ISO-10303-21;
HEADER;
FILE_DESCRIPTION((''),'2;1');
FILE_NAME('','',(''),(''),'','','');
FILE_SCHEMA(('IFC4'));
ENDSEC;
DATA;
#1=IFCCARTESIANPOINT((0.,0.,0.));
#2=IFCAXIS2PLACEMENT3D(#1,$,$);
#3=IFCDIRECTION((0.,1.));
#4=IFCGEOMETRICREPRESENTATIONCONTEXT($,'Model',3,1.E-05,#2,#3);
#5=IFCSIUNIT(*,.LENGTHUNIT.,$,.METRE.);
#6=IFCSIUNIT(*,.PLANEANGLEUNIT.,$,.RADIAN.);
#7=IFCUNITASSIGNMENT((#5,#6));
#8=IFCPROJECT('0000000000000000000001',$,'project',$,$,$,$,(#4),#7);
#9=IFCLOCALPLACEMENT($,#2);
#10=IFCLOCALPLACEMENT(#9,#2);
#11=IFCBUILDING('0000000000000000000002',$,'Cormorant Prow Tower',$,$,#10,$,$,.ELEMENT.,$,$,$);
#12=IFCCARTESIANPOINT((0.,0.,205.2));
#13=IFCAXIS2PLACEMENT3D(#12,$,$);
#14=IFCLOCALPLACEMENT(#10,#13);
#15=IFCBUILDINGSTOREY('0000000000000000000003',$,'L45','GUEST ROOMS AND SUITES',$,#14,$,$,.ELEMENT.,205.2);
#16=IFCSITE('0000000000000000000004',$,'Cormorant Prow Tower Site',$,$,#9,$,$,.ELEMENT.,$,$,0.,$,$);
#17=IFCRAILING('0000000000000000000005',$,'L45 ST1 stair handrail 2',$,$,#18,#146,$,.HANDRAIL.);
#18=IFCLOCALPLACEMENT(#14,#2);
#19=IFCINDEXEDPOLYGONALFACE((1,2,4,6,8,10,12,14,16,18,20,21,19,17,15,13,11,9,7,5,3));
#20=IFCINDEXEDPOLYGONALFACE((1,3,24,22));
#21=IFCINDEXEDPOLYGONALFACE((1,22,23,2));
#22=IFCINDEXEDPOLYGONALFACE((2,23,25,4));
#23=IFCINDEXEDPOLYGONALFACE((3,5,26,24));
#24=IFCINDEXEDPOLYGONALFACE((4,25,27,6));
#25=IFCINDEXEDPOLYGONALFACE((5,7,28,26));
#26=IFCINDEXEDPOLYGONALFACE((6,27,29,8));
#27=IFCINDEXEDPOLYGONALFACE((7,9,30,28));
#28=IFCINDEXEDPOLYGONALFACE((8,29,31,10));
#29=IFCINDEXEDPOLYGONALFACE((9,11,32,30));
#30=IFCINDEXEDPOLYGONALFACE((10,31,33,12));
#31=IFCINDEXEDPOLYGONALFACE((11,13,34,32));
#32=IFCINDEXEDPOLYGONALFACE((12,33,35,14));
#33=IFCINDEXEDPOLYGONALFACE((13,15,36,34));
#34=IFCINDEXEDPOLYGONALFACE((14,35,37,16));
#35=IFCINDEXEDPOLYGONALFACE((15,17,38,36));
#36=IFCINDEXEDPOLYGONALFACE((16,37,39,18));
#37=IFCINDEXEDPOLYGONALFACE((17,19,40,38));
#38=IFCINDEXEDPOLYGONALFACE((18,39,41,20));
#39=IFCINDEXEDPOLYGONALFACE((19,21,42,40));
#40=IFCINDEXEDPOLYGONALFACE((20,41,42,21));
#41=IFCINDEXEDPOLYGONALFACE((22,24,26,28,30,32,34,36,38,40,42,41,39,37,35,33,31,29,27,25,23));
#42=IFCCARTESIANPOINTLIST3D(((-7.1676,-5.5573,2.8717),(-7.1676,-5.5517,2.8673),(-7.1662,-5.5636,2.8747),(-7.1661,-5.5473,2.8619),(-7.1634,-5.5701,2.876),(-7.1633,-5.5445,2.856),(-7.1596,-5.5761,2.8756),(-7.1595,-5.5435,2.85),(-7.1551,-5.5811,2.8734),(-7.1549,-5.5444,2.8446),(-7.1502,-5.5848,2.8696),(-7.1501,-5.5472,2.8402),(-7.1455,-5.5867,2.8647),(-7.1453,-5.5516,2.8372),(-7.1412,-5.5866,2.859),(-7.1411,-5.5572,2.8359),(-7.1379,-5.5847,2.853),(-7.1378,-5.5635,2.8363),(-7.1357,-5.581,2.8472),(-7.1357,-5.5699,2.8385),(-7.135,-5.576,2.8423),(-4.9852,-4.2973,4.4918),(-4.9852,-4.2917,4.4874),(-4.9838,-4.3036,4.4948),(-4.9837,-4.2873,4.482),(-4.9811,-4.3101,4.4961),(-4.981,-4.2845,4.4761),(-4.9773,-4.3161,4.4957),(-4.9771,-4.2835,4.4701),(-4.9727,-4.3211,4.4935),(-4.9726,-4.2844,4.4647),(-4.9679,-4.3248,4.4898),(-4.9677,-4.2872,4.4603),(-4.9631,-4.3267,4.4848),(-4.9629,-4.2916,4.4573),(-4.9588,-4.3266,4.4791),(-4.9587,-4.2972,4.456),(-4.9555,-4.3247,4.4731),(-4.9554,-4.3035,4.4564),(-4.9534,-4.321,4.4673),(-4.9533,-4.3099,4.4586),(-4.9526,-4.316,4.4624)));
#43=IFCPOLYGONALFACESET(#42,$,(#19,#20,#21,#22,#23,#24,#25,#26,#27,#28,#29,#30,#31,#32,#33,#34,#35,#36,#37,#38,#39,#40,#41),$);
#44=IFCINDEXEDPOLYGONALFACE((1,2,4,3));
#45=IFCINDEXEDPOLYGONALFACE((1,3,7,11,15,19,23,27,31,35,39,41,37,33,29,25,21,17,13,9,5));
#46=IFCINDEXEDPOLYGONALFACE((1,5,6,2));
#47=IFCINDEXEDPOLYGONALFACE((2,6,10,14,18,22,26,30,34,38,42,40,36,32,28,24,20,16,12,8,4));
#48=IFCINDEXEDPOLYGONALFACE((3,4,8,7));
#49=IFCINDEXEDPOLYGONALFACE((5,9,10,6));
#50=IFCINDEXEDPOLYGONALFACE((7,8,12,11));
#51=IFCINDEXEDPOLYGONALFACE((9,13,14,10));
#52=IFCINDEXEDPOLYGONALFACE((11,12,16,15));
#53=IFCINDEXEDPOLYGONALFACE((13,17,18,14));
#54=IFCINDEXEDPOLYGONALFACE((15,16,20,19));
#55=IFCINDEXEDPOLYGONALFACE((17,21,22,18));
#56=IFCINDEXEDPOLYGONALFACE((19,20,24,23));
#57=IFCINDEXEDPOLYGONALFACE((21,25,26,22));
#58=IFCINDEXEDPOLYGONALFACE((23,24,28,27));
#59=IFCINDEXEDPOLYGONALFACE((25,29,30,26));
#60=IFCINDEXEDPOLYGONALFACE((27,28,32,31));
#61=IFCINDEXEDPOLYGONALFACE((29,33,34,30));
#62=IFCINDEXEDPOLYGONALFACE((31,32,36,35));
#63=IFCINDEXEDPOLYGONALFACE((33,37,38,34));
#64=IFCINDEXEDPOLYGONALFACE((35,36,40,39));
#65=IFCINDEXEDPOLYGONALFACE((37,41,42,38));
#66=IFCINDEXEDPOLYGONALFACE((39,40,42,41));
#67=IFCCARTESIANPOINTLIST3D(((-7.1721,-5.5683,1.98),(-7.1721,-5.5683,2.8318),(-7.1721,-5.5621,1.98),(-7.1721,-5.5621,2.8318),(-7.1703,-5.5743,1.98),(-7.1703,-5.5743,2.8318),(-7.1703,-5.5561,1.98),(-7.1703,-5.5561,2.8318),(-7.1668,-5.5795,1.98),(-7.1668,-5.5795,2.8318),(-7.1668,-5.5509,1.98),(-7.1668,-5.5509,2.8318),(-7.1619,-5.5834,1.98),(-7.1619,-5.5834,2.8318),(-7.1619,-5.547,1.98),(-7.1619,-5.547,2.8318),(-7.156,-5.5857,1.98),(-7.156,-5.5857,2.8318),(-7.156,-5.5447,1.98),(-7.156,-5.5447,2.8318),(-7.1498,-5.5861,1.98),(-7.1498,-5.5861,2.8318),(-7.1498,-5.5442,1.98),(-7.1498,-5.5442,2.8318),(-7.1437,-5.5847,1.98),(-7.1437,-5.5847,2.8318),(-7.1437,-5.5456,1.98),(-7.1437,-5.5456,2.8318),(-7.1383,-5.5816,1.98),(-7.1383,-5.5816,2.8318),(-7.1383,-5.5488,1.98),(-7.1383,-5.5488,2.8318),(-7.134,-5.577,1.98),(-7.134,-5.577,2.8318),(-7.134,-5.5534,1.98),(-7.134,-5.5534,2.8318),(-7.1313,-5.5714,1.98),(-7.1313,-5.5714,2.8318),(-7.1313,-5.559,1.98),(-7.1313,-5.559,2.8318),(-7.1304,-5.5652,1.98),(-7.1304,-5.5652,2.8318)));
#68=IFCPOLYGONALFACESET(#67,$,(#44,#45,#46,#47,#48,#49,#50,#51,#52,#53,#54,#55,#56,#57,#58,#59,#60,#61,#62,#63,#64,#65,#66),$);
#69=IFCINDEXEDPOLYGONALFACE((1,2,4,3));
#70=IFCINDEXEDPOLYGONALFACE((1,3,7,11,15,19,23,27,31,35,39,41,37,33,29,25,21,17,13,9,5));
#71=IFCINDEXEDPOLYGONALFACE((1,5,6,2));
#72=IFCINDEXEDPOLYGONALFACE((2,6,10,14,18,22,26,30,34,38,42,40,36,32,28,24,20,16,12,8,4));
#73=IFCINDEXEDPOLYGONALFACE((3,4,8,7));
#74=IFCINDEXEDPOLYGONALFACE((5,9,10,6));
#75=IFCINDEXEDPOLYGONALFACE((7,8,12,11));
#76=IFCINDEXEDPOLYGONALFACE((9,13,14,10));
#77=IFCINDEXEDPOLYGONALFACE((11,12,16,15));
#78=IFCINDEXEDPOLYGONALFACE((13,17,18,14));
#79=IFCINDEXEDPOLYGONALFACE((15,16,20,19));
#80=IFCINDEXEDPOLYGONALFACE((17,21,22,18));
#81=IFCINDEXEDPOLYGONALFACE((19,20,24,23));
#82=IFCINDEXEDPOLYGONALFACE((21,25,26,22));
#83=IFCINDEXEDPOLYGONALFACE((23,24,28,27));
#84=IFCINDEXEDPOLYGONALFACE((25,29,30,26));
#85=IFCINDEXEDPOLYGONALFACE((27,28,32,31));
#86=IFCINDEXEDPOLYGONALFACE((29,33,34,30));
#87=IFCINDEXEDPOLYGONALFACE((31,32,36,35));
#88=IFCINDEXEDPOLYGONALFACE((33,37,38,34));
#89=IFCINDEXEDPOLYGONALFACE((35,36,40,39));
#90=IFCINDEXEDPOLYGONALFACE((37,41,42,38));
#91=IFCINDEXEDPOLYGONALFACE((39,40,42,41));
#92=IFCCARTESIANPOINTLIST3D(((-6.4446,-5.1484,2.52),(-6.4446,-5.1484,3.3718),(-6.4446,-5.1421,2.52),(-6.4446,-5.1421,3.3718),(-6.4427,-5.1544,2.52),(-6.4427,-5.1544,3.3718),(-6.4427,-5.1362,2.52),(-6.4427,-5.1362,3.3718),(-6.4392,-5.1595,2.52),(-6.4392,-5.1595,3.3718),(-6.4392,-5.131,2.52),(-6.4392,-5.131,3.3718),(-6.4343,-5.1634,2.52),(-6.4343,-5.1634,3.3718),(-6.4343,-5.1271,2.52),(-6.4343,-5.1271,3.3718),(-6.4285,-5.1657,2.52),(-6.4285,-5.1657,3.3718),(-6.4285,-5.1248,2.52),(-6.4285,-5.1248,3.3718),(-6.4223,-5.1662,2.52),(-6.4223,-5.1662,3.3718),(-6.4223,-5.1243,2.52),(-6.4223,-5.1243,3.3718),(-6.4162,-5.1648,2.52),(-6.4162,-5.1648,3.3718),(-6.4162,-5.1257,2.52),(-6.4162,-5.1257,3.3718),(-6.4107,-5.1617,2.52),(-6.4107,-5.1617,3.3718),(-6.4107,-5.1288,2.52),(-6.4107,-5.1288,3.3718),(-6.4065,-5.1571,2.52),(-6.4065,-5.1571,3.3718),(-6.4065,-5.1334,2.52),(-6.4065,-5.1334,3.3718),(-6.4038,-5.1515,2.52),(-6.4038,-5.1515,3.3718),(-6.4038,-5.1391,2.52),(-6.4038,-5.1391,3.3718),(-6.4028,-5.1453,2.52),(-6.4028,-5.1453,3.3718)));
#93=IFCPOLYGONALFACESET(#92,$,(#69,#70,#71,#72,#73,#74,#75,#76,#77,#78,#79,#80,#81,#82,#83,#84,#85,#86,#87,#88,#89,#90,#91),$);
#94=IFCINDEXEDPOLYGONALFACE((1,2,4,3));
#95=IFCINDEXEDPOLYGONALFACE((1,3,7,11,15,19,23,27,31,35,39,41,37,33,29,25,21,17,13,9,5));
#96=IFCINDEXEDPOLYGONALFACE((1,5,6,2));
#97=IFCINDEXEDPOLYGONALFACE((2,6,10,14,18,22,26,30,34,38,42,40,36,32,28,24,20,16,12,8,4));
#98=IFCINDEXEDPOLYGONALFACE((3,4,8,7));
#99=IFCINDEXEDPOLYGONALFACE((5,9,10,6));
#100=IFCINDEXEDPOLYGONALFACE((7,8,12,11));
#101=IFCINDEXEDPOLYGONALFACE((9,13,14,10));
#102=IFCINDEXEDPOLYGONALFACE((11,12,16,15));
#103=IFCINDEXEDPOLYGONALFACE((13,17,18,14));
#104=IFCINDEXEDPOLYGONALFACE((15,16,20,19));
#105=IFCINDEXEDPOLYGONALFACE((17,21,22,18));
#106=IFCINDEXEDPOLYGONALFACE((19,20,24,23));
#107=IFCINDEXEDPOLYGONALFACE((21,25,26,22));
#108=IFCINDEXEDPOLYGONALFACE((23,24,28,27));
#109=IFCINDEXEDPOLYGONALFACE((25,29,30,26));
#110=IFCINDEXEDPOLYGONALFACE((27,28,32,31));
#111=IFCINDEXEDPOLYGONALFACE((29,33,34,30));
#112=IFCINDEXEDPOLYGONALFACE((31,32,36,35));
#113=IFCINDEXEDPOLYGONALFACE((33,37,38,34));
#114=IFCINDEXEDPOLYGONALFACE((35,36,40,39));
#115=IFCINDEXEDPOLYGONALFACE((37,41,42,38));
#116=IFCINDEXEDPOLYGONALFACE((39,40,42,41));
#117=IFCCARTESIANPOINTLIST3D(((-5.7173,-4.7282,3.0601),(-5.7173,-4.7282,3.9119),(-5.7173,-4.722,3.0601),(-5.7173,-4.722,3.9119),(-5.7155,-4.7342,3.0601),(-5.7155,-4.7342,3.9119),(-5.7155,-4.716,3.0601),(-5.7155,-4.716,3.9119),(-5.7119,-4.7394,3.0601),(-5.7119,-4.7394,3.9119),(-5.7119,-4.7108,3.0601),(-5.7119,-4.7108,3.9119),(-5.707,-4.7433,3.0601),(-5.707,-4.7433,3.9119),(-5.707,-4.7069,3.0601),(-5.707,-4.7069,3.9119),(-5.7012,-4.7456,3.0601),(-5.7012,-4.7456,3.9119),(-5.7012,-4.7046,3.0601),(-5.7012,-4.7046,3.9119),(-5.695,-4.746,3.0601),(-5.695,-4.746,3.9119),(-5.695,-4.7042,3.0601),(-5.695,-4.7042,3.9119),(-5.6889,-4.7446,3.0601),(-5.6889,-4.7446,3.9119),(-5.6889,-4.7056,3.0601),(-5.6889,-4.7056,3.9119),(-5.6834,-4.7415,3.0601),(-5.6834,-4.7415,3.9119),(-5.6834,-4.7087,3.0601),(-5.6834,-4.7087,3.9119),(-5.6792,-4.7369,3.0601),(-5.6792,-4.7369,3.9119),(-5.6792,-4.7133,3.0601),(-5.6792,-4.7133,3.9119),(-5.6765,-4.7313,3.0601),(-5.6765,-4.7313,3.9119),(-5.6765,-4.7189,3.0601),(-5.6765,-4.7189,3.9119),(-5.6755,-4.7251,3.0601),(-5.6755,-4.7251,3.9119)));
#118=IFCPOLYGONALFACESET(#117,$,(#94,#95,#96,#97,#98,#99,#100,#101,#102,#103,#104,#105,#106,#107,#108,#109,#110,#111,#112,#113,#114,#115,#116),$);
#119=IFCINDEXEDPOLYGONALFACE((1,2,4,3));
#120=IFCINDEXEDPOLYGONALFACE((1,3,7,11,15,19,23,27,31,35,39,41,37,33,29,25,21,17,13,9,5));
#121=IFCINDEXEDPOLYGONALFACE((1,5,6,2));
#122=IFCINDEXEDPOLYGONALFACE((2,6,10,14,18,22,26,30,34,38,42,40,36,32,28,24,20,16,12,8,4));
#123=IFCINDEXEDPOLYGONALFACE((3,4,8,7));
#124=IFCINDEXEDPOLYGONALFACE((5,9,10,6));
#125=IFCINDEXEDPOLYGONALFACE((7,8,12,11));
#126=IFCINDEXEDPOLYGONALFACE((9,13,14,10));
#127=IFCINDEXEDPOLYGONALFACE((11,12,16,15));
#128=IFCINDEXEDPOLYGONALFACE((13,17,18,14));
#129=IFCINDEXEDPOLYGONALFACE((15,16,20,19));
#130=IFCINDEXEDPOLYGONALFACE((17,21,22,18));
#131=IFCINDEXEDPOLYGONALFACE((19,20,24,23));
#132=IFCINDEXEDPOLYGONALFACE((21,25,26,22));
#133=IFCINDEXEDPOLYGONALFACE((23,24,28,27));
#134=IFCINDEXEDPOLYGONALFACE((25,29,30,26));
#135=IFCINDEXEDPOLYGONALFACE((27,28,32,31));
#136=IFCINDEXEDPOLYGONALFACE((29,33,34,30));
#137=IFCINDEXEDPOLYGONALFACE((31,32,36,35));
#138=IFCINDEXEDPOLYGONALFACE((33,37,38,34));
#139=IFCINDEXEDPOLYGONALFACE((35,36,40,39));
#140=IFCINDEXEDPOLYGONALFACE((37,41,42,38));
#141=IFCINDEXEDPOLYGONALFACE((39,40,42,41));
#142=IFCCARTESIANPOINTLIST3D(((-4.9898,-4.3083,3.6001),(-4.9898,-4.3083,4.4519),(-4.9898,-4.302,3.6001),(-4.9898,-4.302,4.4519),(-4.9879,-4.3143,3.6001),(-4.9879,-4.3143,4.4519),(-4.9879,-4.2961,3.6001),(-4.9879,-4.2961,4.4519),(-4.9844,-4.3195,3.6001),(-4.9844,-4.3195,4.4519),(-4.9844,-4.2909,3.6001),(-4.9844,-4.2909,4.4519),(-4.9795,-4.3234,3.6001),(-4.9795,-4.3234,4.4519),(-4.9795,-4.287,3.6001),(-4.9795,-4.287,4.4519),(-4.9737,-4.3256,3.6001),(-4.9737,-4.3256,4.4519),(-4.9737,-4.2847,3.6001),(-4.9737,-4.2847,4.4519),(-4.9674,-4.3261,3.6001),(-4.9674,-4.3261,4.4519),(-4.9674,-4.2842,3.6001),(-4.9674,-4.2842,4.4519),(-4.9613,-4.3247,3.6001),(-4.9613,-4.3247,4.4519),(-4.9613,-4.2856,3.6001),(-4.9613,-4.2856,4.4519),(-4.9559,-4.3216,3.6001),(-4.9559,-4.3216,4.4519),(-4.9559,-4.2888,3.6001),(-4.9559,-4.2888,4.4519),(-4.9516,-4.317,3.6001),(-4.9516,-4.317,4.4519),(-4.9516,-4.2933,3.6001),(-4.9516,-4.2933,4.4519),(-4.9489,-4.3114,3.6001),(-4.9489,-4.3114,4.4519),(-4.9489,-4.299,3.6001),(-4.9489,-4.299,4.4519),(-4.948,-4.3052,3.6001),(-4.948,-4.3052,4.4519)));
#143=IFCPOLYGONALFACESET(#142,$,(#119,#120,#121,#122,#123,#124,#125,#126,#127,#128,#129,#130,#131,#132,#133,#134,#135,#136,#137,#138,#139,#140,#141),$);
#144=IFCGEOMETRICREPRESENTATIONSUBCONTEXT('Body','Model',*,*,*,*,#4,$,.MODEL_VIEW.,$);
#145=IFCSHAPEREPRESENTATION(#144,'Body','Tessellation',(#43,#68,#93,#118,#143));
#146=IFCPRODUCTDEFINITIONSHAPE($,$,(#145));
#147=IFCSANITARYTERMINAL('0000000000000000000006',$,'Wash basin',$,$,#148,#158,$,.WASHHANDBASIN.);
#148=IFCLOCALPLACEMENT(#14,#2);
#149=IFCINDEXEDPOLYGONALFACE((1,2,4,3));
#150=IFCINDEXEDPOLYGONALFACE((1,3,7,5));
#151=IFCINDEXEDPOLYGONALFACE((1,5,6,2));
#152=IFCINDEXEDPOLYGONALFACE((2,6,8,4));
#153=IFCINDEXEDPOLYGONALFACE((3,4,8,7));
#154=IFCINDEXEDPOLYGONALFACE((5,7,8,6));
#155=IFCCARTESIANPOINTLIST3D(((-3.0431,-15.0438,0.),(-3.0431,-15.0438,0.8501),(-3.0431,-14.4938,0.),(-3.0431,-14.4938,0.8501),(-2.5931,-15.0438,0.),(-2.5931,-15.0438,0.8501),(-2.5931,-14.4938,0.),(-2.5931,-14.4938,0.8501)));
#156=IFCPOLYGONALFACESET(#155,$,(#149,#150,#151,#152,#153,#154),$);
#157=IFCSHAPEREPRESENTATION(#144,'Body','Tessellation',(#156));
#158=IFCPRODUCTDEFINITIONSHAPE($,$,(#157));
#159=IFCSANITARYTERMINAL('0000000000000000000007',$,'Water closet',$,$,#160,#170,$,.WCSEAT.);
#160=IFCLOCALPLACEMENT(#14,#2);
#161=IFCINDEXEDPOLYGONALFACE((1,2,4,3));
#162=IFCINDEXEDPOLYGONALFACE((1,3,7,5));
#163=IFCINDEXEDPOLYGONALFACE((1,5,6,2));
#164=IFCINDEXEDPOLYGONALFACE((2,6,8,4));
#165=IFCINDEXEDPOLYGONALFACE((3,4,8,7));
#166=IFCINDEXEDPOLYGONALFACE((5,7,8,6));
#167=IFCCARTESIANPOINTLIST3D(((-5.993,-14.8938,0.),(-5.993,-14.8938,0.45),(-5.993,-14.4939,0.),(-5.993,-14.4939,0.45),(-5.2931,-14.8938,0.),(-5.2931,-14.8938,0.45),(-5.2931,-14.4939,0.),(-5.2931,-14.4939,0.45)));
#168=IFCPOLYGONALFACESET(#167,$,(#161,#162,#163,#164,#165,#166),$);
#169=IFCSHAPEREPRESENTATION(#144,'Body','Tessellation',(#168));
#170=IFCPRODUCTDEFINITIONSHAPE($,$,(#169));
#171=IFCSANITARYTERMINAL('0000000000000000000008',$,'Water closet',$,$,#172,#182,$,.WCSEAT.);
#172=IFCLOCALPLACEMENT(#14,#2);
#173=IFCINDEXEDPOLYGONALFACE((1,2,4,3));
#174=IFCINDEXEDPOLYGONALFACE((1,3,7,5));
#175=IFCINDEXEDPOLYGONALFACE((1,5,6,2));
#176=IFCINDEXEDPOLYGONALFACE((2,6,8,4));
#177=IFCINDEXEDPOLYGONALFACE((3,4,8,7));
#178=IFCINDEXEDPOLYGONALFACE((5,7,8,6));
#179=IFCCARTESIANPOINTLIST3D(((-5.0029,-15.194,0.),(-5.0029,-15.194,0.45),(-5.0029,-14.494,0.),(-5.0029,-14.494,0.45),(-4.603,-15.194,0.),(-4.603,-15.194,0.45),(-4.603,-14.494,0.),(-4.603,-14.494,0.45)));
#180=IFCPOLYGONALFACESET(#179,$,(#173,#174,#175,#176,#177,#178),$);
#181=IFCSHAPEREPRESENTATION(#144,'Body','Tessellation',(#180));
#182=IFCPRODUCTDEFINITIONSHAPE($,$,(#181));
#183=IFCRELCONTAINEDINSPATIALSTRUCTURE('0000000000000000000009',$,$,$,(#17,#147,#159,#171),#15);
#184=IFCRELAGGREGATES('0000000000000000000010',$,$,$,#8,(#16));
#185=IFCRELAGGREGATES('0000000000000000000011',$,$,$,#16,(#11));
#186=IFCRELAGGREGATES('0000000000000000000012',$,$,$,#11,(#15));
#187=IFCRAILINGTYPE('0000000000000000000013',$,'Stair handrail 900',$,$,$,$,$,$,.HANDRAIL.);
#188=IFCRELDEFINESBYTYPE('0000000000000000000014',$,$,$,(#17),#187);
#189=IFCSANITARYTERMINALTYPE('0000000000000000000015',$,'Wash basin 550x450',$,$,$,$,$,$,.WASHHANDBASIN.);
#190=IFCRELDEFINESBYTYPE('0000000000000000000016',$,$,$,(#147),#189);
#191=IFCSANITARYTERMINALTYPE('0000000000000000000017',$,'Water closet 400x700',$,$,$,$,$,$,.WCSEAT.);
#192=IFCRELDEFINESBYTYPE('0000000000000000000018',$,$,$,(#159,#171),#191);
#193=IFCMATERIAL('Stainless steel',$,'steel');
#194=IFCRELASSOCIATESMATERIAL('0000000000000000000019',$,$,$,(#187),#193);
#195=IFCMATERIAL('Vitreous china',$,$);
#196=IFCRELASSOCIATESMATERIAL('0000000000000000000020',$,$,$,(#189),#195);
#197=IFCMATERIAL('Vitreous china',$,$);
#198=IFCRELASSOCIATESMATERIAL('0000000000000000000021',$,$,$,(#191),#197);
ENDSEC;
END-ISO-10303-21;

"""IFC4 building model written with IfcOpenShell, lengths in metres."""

from ifc_helpers import new_model, si_unit, direction, frame, origin, origin_2d, place, context, subcontext, project, spatial, rectangle, circle, extrude, material, type_object, element, save


model = new_model("IFC4")

# Units and contexts
model_context = context("Model", 3, precision=1e-05, world=origin(), true_north=direction((0.0, 1.0)))
body_context = subcontext(model_context, "Body", "Model", "MODEL_VIEW")
ifc_project = project(units=[si_unit("LENGTHUNIT", "METRE"), si_unit("PLANEANGLEUNIT", "RADIAN")], contexts=[model_context])

# Site, building, storey
site_placement = place(None, origin())
site = spatial("IfcSite", under=ifc_project, at=site_placement, Name="Cormorant Prow Tower Site", CompositionType="ELEMENT", RefElevation=0.0)
building_placement = place(site_placement, origin())
building = spatial("IfcBuilding", under=site, at=building_placement, Name="Cormorant Prow Tower", CompositionType="ELEMENT")
storey_placement = place(building_placement, frame((0.0, 0.0, 205.2)))
storey = spatial("IfcBuildingStorey", under=building, at=storey_placement, Name="L45", Description="GUEST ROOMS AND SUITES", CompositionType="ELEMENT", Elevation=205.2)

# Railing
ifc_material_1 = material(Name="Stainless steel", Category="steel")
railing_type_1 = type_object("IfcRailingType", Name="Stair handrail 900", PredefinedType="HANDRAIL", material=ifc_material_1)
railing_1_placement = place(storey_placement, frame((-7.1514, -5.5652, 1.98)))
element("IfcRailing", 1, at=railing_1_placement, inside=storey, type_object=railing_type_1, Name="L45 ST1 stair handrail 2", PredefinedType="HANDRAIL", context=body_context, shape_type="SweptSolid", body=[
    extrude(circle(Radius=0.0239, at=origin_2d()), frame((0.0, 0.0, 0.876), z_axis=(0.728464, 0.420584, 0.540786), x_axis=(-0.500005, 0.866023, 0.0)), (0.0, 0.0, 1.0), 2.9958),
    extrude(circle(Radius=0.021, at=origin_2d()), origin(), (0.0, 0.0, 1.0), 0.8518),
    extrude(circle(Radius=0.021, at=origin_2d()), frame((0.7275, 0.4199, 0.54)), (0.0, 0.0, 1.0), 0.8518),
    extrude(circle(Radius=0.021, at=origin_2d()), frame((1.4548, 0.8401, 1.0801)), (0.0, 0.0, 1.0), 0.8518),
    extrude(circle(Radius=0.021, at=origin_2d()), frame((2.1824, 1.26, 1.6201)), (0.0, 0.0, 1.0), 0.8518),
])

# Sanitary terminals
ifc_material_2 = material(Name="Vitreous china")
sanitary_terminal_type_1 = type_object("IfcSanitaryTerminalType", Name="Wash basin 550x450", PredefinedType="WASHHANDBASIN", material=ifc_material_2)
sanitary_terminal_placement = place(storey_placement, frame((-2.8181, -14.7688, 0.0), z_axis=(0.0, 0.0, 1.0), x_axis=(0.0, -1.0, 0.0)))
element("IfcSanitaryTerminal", 2, at=sanitary_terminal_placement, inside=storey, type_object=sanitary_terminal_type_1, Name="Wash basin", PredefinedType="WASHHANDBASIN", context=body_context, shape_type="SweptSolid", body=[
    extrude(rectangle(XDim=0.55, YDim=0.45, at=origin_2d()), origin(), (0.0, 0.0, 1.0), 0.8501),
])
ifc_material_3 = material(Name="Vitreous china")
sanitary_terminal_type_2 = type_object("IfcSanitaryTerminalType", Name="Water closet 400x700", PredefinedType="WCSEAT", material=ifc_material_3)
for number, where, z_axis, x_axis, name in (
    (3, (-5.6431, -14.6938, 0.0), (0.0, 0.0, 1.0), (0.0, -1.0, 0.0), "Water closet"),
    (4, (-4.803, -14.844, 0.0), (0.0, 0.0, 1.0), (1.0, 0.0, 0.0), "Water closet"),
):
    element("IfcSanitaryTerminal", number, at=place(storey_placement, frame(where, z_axis=z_axis, x_axis=x_axis)), inside=storey, type_object=sanitary_terminal_type_2, Name=name, PredefinedType="WCSEAT", context=body_context, shape_type="SweptSolid", body=[
        extrude(rectangle(XDim=0.3999, YDim=0.7, at=origin_2d()), origin(), (0.0, 0.0, 1.0), 0.45),
    ])

save(model, "model.ifc")
